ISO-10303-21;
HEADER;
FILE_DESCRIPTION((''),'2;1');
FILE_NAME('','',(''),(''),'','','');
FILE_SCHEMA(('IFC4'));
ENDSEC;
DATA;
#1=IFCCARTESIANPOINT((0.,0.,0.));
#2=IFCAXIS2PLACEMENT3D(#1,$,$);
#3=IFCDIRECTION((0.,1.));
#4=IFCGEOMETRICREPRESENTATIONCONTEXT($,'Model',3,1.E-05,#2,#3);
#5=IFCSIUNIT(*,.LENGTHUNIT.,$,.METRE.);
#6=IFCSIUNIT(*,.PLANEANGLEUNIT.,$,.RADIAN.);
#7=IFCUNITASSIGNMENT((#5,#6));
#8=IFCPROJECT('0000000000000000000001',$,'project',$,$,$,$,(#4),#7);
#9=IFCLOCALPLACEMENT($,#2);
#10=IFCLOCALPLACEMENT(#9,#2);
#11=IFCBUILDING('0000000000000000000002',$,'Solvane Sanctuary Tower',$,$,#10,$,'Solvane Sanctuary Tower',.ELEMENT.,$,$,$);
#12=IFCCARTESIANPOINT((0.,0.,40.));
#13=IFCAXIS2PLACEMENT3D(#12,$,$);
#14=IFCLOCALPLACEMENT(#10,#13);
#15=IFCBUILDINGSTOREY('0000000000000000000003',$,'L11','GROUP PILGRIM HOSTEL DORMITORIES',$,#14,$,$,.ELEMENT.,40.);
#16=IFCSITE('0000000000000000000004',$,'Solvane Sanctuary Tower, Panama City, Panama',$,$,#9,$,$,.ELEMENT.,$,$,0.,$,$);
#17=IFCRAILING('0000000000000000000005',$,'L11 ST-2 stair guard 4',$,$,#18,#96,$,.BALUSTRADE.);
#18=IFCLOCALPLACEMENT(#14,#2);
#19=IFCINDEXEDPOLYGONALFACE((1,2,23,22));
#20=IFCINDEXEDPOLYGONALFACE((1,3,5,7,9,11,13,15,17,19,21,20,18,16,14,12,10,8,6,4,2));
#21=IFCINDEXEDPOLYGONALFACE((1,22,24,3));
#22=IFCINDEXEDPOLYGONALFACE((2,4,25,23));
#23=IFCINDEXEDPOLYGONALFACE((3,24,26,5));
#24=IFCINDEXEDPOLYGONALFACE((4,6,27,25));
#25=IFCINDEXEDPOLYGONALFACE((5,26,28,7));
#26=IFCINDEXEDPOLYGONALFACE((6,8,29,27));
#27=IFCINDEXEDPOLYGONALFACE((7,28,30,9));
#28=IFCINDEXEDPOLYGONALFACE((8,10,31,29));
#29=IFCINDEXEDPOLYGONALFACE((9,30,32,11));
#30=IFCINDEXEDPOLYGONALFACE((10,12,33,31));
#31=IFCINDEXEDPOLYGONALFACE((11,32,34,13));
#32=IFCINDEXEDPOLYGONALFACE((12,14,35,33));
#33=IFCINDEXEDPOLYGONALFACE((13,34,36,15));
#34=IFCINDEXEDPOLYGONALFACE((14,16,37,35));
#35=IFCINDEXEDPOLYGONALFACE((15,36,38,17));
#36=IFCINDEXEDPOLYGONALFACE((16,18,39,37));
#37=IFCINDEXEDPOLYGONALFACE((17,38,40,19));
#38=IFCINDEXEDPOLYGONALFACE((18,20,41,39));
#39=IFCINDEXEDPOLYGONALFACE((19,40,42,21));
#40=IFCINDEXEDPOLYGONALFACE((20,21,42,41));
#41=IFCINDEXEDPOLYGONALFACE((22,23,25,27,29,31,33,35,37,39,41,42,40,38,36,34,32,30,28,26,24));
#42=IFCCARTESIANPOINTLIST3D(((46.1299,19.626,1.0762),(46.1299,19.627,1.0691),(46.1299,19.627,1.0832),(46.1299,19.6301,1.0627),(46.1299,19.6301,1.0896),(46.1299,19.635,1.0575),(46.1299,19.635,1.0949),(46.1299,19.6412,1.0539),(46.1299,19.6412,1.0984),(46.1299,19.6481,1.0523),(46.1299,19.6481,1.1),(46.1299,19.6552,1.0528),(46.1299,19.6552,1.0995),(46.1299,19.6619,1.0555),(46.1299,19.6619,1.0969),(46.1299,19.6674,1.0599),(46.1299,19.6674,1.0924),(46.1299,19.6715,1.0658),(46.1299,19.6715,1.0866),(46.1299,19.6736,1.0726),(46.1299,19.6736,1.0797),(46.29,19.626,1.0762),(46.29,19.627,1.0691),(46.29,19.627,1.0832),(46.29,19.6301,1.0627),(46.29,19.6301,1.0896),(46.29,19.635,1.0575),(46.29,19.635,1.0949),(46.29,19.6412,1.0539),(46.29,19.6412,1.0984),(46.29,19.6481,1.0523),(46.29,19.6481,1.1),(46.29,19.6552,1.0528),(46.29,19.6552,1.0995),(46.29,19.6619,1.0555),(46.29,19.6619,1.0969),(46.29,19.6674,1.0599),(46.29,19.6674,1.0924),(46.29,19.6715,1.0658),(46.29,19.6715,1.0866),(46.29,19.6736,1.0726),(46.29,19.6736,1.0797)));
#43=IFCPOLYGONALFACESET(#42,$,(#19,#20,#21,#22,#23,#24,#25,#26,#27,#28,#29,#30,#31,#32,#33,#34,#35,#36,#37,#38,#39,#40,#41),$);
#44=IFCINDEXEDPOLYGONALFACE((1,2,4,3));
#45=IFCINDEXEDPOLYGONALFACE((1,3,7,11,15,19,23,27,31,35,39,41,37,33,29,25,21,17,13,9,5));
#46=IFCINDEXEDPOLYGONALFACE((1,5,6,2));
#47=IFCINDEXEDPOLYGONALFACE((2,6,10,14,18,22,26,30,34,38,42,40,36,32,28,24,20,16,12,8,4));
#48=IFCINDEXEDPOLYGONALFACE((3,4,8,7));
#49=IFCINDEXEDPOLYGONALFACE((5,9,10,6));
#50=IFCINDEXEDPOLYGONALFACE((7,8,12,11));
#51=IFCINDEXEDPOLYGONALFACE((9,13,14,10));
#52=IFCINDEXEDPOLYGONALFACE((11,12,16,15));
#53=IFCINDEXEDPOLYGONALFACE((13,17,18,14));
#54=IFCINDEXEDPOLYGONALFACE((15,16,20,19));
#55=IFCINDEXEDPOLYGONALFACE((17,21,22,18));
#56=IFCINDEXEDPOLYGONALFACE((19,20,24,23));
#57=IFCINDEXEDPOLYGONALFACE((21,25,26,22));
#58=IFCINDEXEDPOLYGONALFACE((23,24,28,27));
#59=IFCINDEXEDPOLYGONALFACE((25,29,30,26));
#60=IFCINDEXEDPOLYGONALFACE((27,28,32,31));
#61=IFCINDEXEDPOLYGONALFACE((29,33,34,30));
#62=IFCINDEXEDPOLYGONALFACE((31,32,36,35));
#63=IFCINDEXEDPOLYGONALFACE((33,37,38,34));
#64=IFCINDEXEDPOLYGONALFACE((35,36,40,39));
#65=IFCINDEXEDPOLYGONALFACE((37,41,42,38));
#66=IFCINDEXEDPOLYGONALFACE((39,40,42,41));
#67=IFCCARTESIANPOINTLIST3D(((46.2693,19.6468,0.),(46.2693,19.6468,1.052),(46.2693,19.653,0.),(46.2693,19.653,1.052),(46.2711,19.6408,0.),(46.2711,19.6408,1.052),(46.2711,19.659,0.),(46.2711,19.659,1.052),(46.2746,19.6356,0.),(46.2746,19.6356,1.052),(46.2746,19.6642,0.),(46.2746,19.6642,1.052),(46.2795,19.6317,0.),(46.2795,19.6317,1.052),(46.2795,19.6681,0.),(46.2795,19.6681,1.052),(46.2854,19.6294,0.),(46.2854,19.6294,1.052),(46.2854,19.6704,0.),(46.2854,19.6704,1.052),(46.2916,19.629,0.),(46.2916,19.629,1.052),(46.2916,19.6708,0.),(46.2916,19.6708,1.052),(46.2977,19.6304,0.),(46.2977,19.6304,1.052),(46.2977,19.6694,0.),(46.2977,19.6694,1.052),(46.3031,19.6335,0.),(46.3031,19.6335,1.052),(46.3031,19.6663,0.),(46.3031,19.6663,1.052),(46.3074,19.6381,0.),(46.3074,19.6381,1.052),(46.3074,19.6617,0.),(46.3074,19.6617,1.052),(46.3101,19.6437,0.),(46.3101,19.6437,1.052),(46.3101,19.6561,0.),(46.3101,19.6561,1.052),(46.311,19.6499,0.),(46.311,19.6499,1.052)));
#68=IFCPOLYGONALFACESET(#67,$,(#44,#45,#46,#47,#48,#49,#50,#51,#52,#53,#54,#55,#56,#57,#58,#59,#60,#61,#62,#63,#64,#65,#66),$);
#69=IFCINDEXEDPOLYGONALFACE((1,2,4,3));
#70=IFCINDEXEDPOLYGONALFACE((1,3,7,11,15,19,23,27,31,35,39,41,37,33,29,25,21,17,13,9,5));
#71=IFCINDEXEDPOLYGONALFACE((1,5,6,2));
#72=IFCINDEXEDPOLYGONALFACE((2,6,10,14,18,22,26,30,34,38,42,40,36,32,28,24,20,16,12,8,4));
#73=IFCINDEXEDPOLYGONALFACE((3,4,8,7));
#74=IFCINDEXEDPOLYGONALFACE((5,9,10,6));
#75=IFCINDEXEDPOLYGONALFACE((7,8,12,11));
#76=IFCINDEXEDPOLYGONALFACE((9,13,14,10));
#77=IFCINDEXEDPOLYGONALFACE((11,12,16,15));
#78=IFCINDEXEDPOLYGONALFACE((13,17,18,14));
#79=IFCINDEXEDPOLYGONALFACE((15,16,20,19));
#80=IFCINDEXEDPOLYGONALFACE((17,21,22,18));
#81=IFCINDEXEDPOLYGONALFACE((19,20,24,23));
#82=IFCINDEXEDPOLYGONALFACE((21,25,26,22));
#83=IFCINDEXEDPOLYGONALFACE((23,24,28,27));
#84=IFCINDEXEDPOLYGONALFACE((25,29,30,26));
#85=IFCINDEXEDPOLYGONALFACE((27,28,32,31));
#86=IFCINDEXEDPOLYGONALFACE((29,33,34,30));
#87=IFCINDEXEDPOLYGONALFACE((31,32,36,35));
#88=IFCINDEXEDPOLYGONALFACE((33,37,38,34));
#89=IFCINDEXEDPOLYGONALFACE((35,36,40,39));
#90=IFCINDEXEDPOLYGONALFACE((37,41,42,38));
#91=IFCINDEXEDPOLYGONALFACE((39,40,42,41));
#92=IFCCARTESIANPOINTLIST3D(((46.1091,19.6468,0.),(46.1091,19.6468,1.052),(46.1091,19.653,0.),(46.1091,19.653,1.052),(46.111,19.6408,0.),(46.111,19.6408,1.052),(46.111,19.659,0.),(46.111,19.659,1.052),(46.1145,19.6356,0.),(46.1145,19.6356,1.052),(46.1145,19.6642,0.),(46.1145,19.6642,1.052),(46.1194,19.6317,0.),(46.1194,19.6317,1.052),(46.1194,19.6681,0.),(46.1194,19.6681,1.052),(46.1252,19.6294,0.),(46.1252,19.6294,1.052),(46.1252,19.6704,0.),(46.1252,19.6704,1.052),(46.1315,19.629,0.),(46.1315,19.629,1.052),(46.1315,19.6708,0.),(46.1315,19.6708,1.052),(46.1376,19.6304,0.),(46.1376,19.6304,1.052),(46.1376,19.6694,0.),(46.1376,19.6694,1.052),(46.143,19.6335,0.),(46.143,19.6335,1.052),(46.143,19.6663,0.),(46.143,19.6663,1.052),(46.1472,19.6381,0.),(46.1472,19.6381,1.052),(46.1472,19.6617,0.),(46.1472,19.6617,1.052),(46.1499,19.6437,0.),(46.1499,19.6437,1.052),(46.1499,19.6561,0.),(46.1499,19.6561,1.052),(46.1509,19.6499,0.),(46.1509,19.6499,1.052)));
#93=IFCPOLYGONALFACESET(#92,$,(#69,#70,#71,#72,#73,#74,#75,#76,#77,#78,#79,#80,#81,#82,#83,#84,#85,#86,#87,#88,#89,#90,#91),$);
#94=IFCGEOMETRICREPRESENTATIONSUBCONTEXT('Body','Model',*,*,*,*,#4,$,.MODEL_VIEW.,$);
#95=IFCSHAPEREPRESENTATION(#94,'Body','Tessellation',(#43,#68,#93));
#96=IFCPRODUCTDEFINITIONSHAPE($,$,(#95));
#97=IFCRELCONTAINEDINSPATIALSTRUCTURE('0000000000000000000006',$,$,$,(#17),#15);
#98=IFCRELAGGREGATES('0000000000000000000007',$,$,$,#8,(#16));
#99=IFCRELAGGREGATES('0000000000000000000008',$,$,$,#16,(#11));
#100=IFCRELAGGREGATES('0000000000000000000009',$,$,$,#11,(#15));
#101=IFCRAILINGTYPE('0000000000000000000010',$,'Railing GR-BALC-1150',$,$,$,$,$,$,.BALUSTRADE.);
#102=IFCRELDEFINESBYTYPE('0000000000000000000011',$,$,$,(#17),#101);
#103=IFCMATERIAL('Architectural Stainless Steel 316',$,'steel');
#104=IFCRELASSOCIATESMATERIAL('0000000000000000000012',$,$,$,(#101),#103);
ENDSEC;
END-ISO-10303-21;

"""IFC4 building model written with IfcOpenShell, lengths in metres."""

from ifc_helpers import new_model, si_unit, direction, frame, origin, origin_2d, place, context, subcontext, project, spatial, circle, extrude, material, type_object, element, save


model = new_model("IFC4")

# Units and contexts
model_context = context("Model", 3, precision=1e-05, world=origin(), true_north=direction((0.0, 1.0)))
body_context = subcontext(model_context, "Body", "Model", "MODEL_VIEW")
ifc_project = project(units=[si_unit("LENGTHUNIT", "METRE"), si_unit("PLANEANGLEUNIT", "RADIAN")], contexts=[model_context])

# Site, building, storey
site_placement = place(None, origin())
site = spatial("IfcSite", under=ifc_project, at=site_placement, Name="Solvane Sanctuary Tower, Panama City, Panama", CompositionType="ELEMENT", RefElevation=0.0)
building_placement = place(site_placement, origin())
building = spatial("IfcBuilding", under=site, at=building_placement, Name="Solvane Sanctuary Tower", LongName="Solvane Sanctuary Tower", CompositionType="ELEMENT")
storey_placement = place(building_placement, frame((0.0, 0.0, 40.0)))
storey = spatial("IfcBuildingStorey", under=building, at=storey_placement, Name="L11", Description="GROUP PILGRIM HOSTEL DORMITORIES", CompositionType="ELEMENT", Elevation=40.0)

# Shared definitions
ifc_material_1 = material(Name="Architectural Stainless Steel 316", Category="steel")

# Railing
railing_type_1 = type_object("IfcRailingType", Name="Railing GR-BALC-1150", PredefinedType="BALUSTRADE", material=ifc_material_1)
railing_1_placement = place(storey_placement, frame((46.29, 19.6499, 0.0)))
element("IfcRailing", 1, at=railing_1_placement, inside=storey, type_object=railing_type_1, Name="L11 ST-2 stair guard 4", PredefinedType="BALUSTRADE", context=body_context, shape_type="SweptSolid", body=[
    extrude(circle(Radius=0.0239, at=origin_2d()), frame((0.0, 0.0, 1.0762), z_axis=(-1.0, 0.0, 0.0), x_axis=(0.0, -1.0, 0.0)), (0.0, 0.0, 1.0), 0.1602),
    extrude(circle(Radius=0.021, at=origin_2d()), origin(), (0.0, 0.0, 1.0), 1.052),
    extrude(circle(Radius=0.021, at=origin_2d()), frame((-0.1602, 0.0, 0.0)), (0.0, 0.0, 1.0), 1.052),
])

save(model, "model.ifc")
